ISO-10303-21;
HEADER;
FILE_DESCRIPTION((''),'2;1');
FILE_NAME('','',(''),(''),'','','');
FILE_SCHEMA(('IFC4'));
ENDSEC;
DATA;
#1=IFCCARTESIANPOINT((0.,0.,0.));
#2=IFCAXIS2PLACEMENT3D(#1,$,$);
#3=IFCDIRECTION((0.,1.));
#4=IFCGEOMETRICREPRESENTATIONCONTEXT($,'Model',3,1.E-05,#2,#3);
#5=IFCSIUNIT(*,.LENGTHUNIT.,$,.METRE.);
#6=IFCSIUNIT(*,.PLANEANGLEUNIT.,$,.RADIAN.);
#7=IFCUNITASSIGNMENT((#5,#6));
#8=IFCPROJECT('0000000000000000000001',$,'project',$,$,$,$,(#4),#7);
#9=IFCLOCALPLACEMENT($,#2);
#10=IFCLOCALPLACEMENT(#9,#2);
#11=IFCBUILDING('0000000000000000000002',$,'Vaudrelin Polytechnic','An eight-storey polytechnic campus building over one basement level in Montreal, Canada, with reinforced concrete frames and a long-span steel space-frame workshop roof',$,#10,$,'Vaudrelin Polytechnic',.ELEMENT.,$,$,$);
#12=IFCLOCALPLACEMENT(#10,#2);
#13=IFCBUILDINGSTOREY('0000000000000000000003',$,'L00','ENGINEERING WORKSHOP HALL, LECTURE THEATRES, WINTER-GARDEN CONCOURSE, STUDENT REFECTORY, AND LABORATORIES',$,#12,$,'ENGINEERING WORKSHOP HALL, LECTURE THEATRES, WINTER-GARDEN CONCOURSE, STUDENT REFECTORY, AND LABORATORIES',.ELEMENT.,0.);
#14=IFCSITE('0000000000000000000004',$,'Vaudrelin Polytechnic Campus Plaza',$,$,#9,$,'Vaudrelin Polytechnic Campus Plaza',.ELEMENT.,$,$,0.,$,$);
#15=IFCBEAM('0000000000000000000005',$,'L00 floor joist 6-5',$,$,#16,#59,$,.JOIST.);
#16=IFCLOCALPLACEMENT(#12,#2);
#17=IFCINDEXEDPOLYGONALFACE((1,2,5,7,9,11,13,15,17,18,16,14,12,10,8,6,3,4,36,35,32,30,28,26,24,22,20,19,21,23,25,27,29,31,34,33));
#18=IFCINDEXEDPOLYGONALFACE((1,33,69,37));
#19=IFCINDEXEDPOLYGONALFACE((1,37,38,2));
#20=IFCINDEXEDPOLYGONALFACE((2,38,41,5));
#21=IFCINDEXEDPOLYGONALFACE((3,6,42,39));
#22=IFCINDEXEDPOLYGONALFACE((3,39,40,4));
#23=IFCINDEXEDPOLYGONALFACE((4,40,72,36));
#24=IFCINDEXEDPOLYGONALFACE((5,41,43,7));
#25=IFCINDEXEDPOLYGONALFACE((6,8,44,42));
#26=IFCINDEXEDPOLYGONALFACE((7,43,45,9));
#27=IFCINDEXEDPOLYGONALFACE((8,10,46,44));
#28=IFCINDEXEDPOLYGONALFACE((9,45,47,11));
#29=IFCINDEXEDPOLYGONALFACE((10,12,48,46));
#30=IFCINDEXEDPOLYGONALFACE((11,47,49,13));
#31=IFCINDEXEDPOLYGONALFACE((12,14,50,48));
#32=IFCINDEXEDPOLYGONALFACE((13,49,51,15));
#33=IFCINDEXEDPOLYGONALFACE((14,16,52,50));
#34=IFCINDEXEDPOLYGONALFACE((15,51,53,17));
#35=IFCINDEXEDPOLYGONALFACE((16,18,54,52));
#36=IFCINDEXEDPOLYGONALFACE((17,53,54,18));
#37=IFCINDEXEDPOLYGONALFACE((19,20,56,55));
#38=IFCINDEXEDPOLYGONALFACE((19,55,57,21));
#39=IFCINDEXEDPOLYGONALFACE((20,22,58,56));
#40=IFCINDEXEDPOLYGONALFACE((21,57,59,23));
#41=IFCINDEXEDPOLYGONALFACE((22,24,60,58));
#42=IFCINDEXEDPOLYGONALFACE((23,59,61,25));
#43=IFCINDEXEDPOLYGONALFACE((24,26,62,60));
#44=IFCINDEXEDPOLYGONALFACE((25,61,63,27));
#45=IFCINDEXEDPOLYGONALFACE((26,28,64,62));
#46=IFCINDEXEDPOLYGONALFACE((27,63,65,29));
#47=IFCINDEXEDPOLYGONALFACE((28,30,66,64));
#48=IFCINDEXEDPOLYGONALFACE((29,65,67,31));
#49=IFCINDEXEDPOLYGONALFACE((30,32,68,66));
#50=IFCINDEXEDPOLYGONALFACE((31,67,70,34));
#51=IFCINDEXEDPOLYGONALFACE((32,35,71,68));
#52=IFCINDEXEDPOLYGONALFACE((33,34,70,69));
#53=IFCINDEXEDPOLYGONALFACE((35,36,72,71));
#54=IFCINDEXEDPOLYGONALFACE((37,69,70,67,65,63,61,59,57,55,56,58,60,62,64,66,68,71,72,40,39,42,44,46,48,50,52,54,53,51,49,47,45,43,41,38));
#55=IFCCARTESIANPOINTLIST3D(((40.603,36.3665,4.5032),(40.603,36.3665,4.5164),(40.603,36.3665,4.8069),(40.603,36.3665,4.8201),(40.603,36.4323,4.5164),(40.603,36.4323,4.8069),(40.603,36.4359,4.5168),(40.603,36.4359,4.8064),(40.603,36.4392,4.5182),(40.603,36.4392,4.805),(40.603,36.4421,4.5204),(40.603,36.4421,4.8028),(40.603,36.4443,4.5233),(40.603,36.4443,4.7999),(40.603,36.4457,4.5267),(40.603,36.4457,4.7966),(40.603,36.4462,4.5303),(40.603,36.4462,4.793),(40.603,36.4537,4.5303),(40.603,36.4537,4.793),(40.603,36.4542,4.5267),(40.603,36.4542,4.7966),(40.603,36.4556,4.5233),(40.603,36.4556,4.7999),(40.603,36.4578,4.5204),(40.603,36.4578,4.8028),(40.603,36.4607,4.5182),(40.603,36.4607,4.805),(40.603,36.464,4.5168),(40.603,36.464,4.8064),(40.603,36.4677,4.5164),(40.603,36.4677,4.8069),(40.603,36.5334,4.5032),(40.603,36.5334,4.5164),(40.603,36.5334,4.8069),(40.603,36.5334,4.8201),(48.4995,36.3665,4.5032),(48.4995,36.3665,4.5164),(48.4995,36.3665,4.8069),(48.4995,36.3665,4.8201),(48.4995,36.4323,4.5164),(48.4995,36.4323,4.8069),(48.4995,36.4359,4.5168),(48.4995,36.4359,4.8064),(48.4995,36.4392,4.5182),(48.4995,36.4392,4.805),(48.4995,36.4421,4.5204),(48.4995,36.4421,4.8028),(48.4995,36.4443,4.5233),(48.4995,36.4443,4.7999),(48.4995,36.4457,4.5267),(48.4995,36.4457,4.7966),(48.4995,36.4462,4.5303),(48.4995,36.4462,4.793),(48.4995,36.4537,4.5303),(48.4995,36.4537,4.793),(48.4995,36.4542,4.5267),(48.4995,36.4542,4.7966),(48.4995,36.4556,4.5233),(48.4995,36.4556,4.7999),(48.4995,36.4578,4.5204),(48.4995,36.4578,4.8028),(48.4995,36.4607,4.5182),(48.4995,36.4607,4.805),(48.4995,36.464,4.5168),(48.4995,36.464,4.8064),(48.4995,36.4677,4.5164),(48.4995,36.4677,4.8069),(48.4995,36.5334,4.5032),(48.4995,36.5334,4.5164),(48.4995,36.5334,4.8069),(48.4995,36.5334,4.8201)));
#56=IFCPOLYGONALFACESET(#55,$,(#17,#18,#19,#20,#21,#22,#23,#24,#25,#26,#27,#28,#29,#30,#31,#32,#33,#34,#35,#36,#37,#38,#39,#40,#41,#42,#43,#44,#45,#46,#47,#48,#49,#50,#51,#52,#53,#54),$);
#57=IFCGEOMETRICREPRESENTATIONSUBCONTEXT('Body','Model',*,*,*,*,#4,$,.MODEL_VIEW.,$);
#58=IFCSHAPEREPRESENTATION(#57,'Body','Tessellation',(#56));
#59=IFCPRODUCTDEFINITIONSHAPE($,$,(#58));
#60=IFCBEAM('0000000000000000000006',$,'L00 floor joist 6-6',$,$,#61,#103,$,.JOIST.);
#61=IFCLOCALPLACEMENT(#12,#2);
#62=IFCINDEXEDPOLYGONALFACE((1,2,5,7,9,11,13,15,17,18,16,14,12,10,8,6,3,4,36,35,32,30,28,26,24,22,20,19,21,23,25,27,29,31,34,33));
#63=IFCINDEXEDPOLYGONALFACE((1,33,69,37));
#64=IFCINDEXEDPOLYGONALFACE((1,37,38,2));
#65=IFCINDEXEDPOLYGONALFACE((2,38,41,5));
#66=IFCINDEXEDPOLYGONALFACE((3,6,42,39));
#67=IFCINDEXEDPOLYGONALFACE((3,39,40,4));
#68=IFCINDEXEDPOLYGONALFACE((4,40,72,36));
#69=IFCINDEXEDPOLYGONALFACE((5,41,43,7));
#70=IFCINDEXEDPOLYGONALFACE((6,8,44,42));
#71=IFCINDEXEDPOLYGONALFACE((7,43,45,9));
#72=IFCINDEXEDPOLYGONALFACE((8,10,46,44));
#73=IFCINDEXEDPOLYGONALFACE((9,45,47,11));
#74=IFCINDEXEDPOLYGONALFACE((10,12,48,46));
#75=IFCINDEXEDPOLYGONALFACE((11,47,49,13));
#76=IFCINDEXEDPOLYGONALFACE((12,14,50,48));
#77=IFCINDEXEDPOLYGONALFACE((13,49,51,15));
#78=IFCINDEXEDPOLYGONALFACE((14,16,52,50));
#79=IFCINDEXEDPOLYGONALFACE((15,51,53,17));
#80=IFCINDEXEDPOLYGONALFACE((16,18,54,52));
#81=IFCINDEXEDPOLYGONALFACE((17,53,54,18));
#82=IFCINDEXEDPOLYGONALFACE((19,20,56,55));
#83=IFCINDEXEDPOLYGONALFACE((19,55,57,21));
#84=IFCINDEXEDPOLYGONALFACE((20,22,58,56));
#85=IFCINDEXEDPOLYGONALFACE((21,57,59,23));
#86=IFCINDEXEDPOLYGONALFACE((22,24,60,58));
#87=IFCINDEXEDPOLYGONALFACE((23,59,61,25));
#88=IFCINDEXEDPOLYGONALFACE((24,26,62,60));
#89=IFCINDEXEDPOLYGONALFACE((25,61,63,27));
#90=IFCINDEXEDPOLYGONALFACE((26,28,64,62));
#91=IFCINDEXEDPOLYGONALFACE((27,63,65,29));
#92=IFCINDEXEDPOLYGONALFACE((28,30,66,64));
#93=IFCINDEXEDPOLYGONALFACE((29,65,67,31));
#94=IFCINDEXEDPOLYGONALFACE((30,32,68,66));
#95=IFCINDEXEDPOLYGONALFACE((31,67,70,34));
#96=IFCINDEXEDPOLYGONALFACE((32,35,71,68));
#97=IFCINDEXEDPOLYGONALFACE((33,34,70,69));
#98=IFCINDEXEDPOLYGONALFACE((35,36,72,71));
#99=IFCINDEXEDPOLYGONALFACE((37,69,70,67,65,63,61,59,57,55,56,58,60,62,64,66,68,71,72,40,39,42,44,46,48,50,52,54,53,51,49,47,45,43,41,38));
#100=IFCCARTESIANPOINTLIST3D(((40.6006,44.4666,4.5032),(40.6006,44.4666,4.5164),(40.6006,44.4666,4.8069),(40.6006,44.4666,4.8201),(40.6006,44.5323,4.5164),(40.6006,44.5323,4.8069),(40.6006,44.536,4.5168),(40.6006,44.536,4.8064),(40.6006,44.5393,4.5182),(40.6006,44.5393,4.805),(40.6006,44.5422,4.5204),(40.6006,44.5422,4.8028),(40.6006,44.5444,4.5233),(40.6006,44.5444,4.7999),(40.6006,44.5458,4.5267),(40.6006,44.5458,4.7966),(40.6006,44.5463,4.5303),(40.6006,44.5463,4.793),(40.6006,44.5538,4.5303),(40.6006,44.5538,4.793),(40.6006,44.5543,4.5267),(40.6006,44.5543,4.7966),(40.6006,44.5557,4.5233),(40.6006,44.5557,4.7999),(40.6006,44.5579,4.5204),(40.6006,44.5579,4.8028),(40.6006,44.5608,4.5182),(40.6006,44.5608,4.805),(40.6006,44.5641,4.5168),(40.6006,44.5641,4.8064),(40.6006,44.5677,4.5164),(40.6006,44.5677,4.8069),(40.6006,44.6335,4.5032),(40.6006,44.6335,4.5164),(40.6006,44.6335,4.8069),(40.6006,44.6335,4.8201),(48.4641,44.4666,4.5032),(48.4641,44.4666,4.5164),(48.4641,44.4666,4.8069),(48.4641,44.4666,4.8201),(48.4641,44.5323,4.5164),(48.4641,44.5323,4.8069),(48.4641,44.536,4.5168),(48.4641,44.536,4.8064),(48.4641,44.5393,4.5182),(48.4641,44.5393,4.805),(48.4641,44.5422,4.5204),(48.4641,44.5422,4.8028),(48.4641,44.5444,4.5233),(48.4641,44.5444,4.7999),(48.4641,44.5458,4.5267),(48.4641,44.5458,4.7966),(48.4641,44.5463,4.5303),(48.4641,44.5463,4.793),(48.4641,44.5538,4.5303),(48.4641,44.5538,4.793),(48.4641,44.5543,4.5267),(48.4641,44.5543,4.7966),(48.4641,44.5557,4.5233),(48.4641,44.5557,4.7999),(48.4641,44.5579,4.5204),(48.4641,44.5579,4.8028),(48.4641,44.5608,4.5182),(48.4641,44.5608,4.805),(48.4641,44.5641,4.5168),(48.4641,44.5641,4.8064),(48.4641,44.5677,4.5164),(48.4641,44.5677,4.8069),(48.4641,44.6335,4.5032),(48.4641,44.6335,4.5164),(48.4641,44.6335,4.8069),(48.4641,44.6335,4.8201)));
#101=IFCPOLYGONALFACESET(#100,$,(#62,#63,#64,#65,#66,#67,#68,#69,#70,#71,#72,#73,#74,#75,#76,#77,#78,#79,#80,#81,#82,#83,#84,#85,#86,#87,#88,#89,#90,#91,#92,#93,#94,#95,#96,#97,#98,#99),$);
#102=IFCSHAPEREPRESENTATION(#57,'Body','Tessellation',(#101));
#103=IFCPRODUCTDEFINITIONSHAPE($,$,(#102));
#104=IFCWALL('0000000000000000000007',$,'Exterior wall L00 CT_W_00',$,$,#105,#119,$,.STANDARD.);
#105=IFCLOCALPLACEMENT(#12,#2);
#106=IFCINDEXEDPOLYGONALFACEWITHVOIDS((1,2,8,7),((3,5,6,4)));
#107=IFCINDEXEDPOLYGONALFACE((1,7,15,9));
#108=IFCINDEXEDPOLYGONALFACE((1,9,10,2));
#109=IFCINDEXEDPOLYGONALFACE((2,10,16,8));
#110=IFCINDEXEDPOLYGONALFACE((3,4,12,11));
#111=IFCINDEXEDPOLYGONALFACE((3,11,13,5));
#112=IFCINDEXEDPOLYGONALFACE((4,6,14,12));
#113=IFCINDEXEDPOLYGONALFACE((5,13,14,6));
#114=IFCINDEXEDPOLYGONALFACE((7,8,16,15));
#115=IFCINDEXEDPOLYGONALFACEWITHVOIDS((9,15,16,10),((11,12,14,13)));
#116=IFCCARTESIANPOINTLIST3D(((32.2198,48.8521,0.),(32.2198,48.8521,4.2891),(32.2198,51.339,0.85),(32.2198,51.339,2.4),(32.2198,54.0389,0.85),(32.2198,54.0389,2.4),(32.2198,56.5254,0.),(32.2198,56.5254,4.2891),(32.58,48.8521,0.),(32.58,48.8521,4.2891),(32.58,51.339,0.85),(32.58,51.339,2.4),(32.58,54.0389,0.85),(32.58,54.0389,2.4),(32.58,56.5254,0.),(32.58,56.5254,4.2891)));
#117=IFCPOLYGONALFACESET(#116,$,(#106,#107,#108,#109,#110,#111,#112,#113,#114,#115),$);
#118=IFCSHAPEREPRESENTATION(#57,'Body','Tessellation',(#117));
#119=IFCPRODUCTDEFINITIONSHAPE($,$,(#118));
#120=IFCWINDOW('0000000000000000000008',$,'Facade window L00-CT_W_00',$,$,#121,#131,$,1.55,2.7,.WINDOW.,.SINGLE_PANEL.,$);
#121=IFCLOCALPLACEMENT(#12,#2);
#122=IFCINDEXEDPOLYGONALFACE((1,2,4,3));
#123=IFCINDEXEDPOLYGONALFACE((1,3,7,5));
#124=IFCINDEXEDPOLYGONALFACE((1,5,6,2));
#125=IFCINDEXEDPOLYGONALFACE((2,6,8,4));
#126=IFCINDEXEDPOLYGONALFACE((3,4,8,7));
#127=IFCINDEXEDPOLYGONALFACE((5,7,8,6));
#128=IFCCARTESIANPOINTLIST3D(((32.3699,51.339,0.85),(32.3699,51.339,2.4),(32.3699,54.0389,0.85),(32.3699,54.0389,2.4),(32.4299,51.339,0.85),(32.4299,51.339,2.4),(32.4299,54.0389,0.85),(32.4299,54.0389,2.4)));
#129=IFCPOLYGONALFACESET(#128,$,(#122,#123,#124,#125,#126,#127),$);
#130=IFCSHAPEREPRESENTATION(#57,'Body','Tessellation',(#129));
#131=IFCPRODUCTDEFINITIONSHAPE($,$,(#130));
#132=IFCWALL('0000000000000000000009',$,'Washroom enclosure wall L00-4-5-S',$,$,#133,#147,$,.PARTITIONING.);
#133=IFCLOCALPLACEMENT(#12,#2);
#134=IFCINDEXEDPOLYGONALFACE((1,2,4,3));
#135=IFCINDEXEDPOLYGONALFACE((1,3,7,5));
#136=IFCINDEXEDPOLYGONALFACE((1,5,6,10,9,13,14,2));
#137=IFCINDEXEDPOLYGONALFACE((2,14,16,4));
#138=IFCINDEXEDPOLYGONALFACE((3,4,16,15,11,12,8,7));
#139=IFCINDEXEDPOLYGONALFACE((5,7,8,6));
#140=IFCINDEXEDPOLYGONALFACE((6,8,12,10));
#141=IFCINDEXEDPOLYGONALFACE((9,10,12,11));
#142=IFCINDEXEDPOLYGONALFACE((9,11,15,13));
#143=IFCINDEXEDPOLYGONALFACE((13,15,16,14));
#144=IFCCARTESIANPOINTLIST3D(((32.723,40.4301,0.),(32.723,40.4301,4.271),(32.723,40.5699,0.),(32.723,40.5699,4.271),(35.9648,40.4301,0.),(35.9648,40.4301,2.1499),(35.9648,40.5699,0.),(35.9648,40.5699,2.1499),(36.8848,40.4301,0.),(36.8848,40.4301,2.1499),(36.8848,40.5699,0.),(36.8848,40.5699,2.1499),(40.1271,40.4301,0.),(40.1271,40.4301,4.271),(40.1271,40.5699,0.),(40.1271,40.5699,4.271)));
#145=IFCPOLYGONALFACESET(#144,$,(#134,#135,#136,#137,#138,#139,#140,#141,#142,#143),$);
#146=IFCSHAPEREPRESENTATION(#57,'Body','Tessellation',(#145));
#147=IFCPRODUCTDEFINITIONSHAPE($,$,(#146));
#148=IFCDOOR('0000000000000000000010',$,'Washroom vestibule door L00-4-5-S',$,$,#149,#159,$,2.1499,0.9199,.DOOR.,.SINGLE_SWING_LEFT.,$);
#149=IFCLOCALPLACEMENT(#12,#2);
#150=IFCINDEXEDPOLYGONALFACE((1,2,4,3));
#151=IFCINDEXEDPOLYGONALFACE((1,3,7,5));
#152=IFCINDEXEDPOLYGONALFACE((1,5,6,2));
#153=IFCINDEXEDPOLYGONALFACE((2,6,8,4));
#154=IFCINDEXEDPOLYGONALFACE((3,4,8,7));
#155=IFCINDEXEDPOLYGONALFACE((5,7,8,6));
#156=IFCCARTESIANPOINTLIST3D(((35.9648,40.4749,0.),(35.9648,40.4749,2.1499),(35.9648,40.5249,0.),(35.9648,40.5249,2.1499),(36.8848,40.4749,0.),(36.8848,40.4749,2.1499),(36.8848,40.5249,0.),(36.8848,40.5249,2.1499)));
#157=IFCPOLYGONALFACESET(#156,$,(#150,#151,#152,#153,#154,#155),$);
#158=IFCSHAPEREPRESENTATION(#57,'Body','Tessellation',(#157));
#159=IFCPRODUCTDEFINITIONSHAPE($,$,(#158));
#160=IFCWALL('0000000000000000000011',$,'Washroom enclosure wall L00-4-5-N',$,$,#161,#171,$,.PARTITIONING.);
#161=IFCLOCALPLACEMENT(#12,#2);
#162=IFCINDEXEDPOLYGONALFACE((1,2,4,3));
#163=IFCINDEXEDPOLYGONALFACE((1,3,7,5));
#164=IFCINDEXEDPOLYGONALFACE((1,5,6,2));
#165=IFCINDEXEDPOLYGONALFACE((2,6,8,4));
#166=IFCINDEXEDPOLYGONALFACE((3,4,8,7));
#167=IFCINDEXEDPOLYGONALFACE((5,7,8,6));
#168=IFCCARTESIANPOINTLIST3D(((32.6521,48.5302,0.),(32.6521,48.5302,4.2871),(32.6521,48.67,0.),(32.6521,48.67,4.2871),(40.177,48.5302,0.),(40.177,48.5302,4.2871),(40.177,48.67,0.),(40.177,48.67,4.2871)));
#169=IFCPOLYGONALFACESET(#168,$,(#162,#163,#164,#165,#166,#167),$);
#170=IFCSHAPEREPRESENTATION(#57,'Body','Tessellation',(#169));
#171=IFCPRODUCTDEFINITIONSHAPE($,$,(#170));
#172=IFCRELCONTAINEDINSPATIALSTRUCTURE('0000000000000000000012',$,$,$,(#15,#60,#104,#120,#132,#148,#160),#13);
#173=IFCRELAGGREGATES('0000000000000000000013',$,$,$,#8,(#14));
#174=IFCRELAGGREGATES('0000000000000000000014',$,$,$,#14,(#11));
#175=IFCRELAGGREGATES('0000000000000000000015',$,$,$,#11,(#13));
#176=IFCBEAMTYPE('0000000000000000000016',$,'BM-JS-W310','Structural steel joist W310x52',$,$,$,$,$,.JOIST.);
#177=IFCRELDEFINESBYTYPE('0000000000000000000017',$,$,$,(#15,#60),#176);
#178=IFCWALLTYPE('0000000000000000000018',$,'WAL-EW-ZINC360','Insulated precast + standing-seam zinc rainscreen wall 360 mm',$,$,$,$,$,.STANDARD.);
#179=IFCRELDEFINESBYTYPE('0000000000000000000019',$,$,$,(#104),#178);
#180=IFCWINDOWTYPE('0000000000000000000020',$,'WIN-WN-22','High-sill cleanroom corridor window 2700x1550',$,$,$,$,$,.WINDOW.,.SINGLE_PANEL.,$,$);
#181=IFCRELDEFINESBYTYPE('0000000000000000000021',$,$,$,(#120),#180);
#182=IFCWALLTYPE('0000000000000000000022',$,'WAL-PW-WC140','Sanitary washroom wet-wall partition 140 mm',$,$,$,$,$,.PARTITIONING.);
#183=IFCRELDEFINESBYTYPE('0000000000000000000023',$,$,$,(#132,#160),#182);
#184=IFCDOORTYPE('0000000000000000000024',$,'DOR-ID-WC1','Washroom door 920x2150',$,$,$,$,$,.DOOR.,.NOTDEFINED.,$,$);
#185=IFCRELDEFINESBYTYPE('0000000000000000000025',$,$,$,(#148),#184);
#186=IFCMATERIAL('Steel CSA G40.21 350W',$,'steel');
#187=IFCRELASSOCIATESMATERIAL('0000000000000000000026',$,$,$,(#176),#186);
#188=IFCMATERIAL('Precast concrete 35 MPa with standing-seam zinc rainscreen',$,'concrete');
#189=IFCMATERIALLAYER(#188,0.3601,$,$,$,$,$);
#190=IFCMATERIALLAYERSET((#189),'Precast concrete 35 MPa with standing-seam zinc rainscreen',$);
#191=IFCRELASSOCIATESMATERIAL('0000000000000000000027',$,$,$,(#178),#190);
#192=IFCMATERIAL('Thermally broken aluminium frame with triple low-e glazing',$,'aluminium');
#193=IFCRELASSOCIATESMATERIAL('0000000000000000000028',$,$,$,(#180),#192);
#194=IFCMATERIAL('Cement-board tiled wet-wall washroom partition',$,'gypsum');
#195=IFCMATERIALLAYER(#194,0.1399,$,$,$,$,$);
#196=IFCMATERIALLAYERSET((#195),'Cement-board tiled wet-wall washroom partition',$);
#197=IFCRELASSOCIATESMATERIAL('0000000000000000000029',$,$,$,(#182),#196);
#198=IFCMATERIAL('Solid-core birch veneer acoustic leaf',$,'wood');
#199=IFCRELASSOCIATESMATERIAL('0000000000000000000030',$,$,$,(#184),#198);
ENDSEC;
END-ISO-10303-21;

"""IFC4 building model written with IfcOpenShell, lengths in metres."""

from ifc_helpers import new_model, si_unit, direction, frame, frame_2d, origin, origin_2d, place, context, subcontext, project, spatial, rectangle, i_section, extrude, material, layer, layer_set, material_profile, profile_set, type_object, element, fill, save


model = new_model("IFC4")

# Units and contexts
model_context = context("Model", 3, precision=1e-05, world=origin(), true_north=direction((0.0, 1.0)))
body_context = subcontext(model_context, "Body", "Model", "MODEL_VIEW")
ifc_project = project(units=[si_unit("LENGTHUNIT", "METRE"), si_unit("PLANEANGLEUNIT", "RADIAN")], contexts=[model_context])

# Site, building, storey
site_placement = place(None, origin())
site = spatial("IfcSite", under=ifc_project, at=site_placement, Name="Vaudrelin Polytechnic Campus Plaza", LongName="Vaudrelin Polytechnic Campus Plaza", CompositionType="ELEMENT", RefElevation=0.0)
building_placement = place(site_placement, origin())
building = spatial("IfcBuilding", under=site, at=building_placement, Name="Vaudrelin Polytechnic", Description="An eight-storey polytechnic campus building over one basement level in Montreal, Canada, with reinforced concrete frames and a long-span steel space-frame workshop roof", LongName="Vaudrelin Polytechnic", CompositionType="ELEMENT")
storey_placement = place(building_placement, origin())
storey = spatial("IfcBuildingStorey", under=building, at=storey_placement, Name="L00", Description="ENGINEERING WORKSHOP HALL, LECTURE THEATRES, WINTER-GARDEN CONCOURSE, STUDENT REFECTORY, AND LABORATORIES", LongName="ENGINEERING WORKSHOP HALL, LECTURE THEATRES, WINTER-GARDEN CONCOURSE, STUDENT REFECTORY, AND LABORATORIES", CompositionType="ELEMENT", Elevation=0.0)

# Beams
ifc_material_1 = material(Name="Steel CSA G40.21 350W", Category="steel")
ifc_material_profile_1 = material_profile(ifc_material_1, i_section(OverallWidth=0.167, OverallDepth=0.3169, WebThickness=0.0076, FlangeThickness=0.0132, FilletRadius=0.0139, at=origin_2d()), Name="W310x52")
ifc_profile_set_1 = profile_set([ifc_material_profile_1], Name="Steel CSA G40.21 350W")
beam_type_1 = type_object("IfcBeamType", Name="BM-JS-W310", Description="Structural steel joist W310x52", PredefinedType="JOIST", material=ifc_profile_set_1)
for number, where, z_axis, x_axis, name in (
    (1, (40.603, 36.45, 4.6616), (1.0, 0.0, 0.0), (0.0, 1.0, 0.0), "L00 floor joist 6-5"),
):
    element("IfcBeam", number, at=place(storey_placement, frame(where, z_axis=z_axis, x_axis=x_axis)), inside=storey, type_object=beam_type_1, Name=name, PredefinedType="JOIST", context=body_context, shape_type="SweptSolid", body=[
        extrude(i_section(OverallWidth=0.167, OverallDepth=0.3169, WebThickness=0.0076, FlangeThickness=0.0132, FilletRadius=0.0139, at=origin_2d()), origin(), (0.0, 0.0, 1.0), 7.8965),
    ])
beam_1_placement = place(storey_placement, frame((40.6006, 44.55, 4.6616), z_axis=(1.0, 0.0, 0.0), x_axis=(0.0, 1.0, 0.0)))
element("IfcBeam", 2, at=beam_1_placement, inside=storey, type_object=beam_type_1, Name="L00 floor joist 6-6", PredefinedType="JOIST", context=body_context, shape_type="SweptSolid", body=[
    extrude(i_section(OverallWidth=0.167, OverallDepth=0.3169, WebThickness=0.0076, FlangeThickness=0.0132, FilletRadius=0.0139, at=origin_2d()), origin(), (0.0, 0.0, 1.0), 7.8635),
])

# Wall, opening, window
ifc_material_2 = material(Name="Precast concrete 35 MPa with standing-seam zinc rainscreen", Category="concrete")
ifc_layer_1 = layer(ifc_material_2, 0.3601)
ifc_layer_set_1 = layer_set([ifc_layer_1], Name="Precast concrete 35 MPa with standing-seam zinc rainscreen")
wall_type_1 = type_object("IfcWallType", Name="WAL-EW-ZINC360", Description="Insulated precast + standing-seam zinc rainscreen wall 360 mm", PredefinedType="STANDARD", material=ifc_layer_set_1)
wall_1_placement = place(storey_placement, frame((32.3999, 48.8521, 0.0), z_axis=(0.0, 0.0, 1.0), x_axis=(0.0, 1.0, 0.0)))
wall_1 = element("IfcWall", 3, at=wall_1_placement, inside=storey, type_object=wall_type_1, Name="Exterior wall L00 CT_W_00", PredefinedType="STANDARD", context=body_context, shape_type="SweptSolid", body=[
    extrude(rectangle(XDim=7.6733, YDim=0.3601, at=frame_2d((3.8367, 0.0))), origin(), (0.0, 0.0, 1.0), 4.2891),
])
opening_1_placement = place(wall_1_placement, frame((2.4868, 0.0, 0.8501)))
opening_1 = element("IfcOpeningElement", 4, at=opening_1_placement, cuts=wall_1, PredefinedType="OPENING", context=body_context, shape_type="SweptSolid", body=[
    extrude(rectangle(XDim=2.7, YDim=1.55, at=frame_2d((1.3501, 0.7749))), frame((0.0, 0.1899, 0.0), z_axis=(0.0, -1.0, 0.0), x_axis=(1.0, 0.0, 0.0)), (0.0, 0.0, 1.0), 0.3801),
])
ifc_material_3 = material(Name="Thermally broken aluminium frame with triple low-e glazing", Category="aluminium")
window_type = type_object("IfcWindowType", Name="WIN-WN-22", Description="High-sill cleanroom corridor window 2700x1550", PartitioningType="SINGLE_PANEL", PredefinedType="WINDOW", material=ifc_material_3)
window_placement = place(opening_1_placement, origin())
window = element("IfcWindow", 5, at=window_placement, inside=storey, type_object=window_type, Name="Facade window L00-CT_W_00", OverallHeight=1.55, OverallWidth=2.7, PartitioningType="SINGLE_PANEL", PredefinedType="WINDOW", context=body_context, shape_type="SweptSolid", body=[
    extrude(rectangle(XDim=2.7, YDim=1.55, at=frame_2d((1.3501, 0.7749))), frame((0.0, 0.03, 0.0), z_axis=(0.0, -1.0, 0.0), x_axis=(1.0, 0.0, 0.0)), (0.0, 0.0, 1.0), 0.0601),
])
fill(opening_1, window)

# Wall, opening, door
ifc_material_4 = material(Name="Cement-board tiled wet-wall washroom partition", Category="gypsum")
ifc_layer_2 = layer(ifc_material_4, 0.1399)
ifc_layer_set_2 = layer_set([ifc_layer_2], Name="Cement-board tiled wet-wall washroom partition")
wall_type_2 = type_object("IfcWallType", Name="WAL-PW-WC140", Description="Sanitary washroom wet-wall partition 140 mm", PredefinedType="PARTITIONING", material=ifc_layer_set_2)
wall_2_placement = place(storey_placement, frame((32.7229, 40.5, 0.0), z_axis=(0.0, 0.0, 1.0), x_axis=(1.0, 0.0, 0.0)))
wall_2 = element("IfcWall", 6, at=wall_2_placement, inside=storey, type_object=wall_type_2, Name="Washroom enclosure wall L00-4-5-S", PredefinedType="PARTITIONING", context=body_context, shape_type="SweptSolid", body=[
    extrude(rectangle(XDim=7.4041, YDim=0.1399, at=frame_2d((3.7021, 0.0))), origin(), (0.0, 0.0, 1.0), 4.271),
])
opening_2_placement = place(wall_2_placement, frame((3.2419, 0.0, 0.0)))
opening_2 = element("IfcOpeningElement", 7, at=opening_2_placement, cuts=wall_2, PredefinedType="OPENING", context=body_context, shape_type="SweptSolid", body=[
    extrude(rectangle(XDim=0.9199, YDim=2.1499, at=frame_2d((0.46, 1.075))), frame((0.0, 0.0801, 0.0), z_axis=(0.0, -1.0, 0.0), x_axis=(1.0, 0.0, 0.0)), (0.0, 0.0, 1.0), 0.1599),
])
ifc_material_5 = material(Name="Solid-core birch veneer acoustic leaf", Category="wood")
door_type_1 = type_object("IfcDoorType", Name="DOR-ID-WC1", Description="Washroom door 920x2150", OperationType="NOTDEFINED", PredefinedType="DOOR", material=ifc_material_5)
door_1_placement = place(opening_2_placement, origin())
door_1 = element("IfcDoor", 8, at=door_1_placement, inside=storey, type_object=door_type_1, Name="Washroom vestibule door L00-4-5-S", OperationType="SINGLE_SWING_LEFT", OverallHeight=2.1499, OverallWidth=0.9199, PredefinedType="DOOR", context=body_context, shape_type="SweptSolid", body=[
    extrude(rectangle(XDim=0.9199, YDim=2.1499, at=frame_2d((0.46, 1.075))), frame((0.0, 0.0249, 0.0), z_axis=(0.0, -1.0, 0.0), x_axis=(1.0, 0.0, 0.0)), (0.0, 0.0, 1.0), 0.05),
])
fill(opening_2, door_1)

# Wall
wall_3_placement = place(storey_placement, frame((32.6521, 48.6001, 0.0), z_axis=(0.0, 0.0, 1.0), x_axis=(1.0, 0.0, 0.0)))
element("IfcWall", 9, at=wall_3_placement, inside=storey, type_object=wall_type_2, Name="Washroom enclosure wall L00-4-5-N", PredefinedType="PARTITIONING", context=body_context, shape_type="SweptSolid", body=[
    extrude(rectangle(XDim=7.5249, YDim=0.1399, at=frame_2d((3.7625, 0.0))), origin(), (0.0, 0.0, 1.0), 4.2871),
])

save(model, "model.ifc")
